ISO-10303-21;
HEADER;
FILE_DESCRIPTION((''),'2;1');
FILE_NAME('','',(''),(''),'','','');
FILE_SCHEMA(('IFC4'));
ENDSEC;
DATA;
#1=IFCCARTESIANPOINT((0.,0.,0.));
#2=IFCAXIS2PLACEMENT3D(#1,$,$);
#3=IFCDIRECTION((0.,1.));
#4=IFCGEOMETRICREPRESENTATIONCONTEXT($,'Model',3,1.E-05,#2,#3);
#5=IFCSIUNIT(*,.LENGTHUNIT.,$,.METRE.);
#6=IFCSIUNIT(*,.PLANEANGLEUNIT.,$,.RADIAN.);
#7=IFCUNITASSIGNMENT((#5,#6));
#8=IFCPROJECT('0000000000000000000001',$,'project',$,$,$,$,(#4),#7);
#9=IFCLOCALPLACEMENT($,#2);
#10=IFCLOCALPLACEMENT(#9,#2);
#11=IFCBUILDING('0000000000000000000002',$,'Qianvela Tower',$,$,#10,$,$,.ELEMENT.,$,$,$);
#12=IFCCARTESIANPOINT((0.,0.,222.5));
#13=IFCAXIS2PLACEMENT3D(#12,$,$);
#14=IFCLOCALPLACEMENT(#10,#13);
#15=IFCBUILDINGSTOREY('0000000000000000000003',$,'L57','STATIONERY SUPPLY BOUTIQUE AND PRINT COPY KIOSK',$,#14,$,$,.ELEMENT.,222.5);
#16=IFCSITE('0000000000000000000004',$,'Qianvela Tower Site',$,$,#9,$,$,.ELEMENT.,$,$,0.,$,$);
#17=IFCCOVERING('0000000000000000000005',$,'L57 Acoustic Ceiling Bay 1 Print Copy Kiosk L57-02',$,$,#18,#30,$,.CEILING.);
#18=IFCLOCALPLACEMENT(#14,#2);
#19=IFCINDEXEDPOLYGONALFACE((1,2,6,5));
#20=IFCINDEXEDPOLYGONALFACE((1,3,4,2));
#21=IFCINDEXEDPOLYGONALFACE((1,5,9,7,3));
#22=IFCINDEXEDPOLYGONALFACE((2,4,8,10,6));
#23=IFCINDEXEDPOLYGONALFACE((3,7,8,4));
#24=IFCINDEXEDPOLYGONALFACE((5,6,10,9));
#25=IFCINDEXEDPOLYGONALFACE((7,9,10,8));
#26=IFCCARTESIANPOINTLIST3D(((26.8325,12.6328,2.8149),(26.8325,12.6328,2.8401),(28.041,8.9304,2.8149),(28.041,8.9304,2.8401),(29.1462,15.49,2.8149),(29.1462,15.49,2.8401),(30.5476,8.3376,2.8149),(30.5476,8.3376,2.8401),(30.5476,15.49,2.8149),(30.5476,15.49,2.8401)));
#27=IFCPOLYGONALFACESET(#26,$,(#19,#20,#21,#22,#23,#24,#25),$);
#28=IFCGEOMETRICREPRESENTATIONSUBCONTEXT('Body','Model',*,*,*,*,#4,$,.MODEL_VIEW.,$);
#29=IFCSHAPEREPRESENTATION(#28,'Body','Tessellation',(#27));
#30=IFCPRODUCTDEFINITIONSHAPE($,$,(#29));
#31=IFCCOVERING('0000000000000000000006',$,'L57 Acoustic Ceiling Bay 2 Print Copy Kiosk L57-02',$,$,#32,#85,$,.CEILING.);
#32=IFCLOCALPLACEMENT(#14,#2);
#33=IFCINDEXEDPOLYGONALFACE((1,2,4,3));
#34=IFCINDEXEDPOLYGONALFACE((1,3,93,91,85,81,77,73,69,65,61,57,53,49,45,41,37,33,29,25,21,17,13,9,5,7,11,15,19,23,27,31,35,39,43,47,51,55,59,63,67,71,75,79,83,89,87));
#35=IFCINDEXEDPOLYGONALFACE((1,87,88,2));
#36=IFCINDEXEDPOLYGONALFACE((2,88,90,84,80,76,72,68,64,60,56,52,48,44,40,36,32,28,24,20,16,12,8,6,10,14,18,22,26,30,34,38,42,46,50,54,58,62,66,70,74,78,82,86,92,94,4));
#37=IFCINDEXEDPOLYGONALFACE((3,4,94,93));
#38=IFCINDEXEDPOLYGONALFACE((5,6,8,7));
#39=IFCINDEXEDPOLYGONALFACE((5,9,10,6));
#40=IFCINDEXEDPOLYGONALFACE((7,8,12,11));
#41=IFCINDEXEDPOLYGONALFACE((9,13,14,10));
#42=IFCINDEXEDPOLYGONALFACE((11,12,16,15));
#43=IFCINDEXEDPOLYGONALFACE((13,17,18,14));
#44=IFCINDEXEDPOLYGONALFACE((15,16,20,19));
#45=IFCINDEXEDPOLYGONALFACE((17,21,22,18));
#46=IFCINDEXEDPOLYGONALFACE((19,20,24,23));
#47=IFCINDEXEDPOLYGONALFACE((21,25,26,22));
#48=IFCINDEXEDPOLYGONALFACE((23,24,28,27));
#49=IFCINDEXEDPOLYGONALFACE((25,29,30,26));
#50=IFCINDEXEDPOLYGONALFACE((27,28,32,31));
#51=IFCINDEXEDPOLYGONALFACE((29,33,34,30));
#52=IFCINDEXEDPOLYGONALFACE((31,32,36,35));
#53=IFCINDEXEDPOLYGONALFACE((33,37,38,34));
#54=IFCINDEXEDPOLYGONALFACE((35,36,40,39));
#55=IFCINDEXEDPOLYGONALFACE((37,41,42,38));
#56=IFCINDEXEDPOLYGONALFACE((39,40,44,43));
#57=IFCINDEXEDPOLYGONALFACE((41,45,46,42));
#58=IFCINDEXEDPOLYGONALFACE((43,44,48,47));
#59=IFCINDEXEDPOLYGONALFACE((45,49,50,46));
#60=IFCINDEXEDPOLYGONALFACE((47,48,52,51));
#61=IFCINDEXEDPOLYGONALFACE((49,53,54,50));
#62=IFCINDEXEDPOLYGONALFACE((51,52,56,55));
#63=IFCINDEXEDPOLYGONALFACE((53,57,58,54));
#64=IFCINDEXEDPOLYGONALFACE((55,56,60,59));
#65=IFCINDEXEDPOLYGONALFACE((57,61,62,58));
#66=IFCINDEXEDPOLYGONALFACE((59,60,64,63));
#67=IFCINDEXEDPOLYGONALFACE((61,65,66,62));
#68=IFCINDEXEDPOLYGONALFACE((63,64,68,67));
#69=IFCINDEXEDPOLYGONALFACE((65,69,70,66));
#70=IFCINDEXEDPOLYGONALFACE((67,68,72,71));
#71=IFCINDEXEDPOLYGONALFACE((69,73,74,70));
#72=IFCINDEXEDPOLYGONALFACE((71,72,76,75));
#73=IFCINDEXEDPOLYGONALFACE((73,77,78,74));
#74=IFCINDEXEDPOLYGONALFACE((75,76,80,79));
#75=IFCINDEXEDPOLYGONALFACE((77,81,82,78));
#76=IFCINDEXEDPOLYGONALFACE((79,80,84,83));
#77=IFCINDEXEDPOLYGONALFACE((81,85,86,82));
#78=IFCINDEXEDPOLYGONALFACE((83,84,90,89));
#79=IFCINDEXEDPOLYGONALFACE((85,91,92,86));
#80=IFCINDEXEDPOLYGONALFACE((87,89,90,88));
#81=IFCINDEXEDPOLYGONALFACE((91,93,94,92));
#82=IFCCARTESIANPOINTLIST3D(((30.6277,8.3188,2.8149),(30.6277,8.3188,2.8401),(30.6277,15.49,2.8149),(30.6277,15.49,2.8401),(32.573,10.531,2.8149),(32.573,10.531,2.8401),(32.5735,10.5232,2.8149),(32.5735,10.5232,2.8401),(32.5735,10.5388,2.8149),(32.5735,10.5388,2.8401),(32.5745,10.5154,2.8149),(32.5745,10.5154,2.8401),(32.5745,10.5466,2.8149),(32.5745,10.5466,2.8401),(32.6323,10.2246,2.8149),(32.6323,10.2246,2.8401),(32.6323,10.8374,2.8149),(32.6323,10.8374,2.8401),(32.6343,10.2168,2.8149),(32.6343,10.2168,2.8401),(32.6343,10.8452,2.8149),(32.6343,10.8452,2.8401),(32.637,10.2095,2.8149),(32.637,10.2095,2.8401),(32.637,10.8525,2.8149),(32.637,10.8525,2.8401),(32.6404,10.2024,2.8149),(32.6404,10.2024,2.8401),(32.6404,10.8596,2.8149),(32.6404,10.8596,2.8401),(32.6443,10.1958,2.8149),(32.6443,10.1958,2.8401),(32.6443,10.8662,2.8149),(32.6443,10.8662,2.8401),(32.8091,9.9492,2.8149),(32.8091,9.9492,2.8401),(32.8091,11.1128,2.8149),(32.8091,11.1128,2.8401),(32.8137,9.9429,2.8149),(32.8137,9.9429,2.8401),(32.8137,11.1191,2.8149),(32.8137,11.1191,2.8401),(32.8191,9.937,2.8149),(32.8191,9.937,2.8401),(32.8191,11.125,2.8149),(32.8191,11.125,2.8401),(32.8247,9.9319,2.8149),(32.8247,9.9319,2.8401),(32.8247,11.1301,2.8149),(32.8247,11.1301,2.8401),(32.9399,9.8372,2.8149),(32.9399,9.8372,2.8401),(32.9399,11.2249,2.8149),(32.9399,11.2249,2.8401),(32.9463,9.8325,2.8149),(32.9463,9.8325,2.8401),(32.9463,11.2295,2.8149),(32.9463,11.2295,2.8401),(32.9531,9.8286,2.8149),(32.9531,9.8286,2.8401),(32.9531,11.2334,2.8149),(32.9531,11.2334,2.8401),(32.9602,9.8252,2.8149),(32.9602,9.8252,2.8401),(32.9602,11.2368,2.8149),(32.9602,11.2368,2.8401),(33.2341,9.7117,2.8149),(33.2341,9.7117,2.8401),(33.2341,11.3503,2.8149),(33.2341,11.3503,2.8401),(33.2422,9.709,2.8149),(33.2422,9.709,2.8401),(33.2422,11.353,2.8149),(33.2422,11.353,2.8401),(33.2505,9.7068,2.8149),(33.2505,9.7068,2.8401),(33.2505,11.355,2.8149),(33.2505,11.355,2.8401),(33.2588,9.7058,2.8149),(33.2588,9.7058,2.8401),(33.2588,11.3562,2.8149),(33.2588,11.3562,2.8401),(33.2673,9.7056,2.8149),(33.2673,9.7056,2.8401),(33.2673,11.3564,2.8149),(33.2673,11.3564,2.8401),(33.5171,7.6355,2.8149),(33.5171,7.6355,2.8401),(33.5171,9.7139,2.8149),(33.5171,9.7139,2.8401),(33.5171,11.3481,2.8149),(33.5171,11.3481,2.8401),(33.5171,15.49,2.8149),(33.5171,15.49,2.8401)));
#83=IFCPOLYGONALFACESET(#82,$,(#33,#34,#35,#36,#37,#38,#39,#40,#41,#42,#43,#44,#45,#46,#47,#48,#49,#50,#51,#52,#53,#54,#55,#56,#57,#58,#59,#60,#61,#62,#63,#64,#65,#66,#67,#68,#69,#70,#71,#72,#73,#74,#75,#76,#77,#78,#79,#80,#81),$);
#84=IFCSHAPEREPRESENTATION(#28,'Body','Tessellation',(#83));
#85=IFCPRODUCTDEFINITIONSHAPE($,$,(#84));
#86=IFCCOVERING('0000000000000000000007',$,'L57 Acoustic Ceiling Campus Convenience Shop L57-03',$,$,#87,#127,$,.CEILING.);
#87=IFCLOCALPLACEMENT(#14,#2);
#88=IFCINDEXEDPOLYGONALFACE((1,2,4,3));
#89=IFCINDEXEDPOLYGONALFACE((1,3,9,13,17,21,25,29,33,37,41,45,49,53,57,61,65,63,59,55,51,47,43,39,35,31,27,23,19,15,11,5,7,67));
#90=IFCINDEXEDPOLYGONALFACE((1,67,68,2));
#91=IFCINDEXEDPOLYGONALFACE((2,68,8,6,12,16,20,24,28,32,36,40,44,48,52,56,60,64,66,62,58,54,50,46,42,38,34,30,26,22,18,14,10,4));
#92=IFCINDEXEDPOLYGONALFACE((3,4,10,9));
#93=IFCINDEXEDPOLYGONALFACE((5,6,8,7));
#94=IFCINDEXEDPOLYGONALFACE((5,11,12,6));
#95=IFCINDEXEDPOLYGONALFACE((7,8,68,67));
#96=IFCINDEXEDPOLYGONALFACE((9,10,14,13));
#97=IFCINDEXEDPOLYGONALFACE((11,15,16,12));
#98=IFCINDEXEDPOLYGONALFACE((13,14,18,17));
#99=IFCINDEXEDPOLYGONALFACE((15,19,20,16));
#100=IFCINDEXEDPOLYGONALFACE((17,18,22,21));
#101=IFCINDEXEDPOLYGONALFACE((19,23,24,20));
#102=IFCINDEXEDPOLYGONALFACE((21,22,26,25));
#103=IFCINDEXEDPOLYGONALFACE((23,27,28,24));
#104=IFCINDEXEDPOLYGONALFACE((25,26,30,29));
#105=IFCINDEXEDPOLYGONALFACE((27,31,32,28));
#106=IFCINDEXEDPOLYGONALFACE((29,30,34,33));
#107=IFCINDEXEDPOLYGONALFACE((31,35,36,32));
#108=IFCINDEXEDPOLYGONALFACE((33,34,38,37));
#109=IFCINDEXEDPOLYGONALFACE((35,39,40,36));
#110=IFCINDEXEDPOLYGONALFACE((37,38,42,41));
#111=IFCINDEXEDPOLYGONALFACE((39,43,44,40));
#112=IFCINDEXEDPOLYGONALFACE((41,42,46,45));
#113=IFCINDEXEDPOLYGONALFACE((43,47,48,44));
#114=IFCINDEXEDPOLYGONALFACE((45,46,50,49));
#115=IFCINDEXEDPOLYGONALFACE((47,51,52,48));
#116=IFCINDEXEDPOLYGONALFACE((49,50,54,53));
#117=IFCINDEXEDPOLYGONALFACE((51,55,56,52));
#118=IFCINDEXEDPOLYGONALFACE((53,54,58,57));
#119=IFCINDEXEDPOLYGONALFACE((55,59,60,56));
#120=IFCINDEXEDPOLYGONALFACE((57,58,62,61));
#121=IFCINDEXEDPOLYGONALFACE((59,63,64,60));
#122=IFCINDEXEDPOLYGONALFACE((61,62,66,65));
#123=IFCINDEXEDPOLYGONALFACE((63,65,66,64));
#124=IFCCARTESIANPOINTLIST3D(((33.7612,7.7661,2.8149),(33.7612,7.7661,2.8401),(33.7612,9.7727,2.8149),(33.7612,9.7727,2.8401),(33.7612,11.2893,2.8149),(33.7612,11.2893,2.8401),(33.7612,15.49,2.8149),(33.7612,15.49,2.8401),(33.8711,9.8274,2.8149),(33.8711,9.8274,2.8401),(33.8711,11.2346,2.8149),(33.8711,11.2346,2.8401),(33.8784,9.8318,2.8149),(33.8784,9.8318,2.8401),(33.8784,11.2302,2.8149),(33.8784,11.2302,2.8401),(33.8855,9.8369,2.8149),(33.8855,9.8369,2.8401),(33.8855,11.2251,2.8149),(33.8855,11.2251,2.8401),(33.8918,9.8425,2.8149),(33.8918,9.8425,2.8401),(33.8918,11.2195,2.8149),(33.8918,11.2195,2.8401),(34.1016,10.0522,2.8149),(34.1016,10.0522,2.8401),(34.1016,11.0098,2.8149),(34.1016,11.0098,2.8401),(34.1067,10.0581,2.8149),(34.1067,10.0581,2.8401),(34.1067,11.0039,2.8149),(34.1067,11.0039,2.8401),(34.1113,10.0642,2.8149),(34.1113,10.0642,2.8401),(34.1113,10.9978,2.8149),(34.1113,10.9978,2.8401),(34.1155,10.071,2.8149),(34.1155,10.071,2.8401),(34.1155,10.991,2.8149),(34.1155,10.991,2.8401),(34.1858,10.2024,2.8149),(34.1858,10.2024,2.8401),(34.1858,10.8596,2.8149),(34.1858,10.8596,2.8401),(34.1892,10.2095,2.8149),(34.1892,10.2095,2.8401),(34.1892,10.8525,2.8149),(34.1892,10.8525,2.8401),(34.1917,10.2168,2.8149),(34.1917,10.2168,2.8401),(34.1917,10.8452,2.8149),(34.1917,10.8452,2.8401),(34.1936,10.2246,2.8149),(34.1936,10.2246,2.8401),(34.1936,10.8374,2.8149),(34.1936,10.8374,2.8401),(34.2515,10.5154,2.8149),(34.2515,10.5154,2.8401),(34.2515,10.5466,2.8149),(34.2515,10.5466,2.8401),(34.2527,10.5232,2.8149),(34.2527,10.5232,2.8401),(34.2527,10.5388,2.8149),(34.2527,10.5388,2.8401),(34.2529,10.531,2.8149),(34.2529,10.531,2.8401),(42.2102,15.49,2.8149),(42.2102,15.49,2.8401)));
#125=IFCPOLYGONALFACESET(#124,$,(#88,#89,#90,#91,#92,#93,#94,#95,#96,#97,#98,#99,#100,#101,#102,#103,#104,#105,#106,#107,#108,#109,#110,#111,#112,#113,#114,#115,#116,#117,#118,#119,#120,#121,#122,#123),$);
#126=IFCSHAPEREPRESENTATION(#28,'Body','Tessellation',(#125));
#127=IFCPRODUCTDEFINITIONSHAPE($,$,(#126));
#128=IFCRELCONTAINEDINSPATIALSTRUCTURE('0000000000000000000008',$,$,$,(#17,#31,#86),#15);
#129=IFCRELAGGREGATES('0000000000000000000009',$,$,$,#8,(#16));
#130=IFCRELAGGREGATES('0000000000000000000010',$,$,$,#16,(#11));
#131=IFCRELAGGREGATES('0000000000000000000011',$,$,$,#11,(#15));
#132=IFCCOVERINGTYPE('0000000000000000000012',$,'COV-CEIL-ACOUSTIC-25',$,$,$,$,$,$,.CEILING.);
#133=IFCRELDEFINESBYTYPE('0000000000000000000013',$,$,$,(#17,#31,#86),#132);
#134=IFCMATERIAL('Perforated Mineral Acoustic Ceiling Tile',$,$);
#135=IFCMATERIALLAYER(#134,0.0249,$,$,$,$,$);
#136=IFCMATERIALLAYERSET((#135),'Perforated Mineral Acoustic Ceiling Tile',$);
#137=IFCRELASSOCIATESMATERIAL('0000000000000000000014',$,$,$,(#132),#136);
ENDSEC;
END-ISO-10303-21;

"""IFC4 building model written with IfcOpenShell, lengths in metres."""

from ifc_helpers import new_model, si_unit, direction, frame, origin, place, context, subcontext, project, spatial, polyline, outline, extrude, material, layer, layer_set, type_object, element, save


model = new_model("IFC4")

# Units and contexts
model_context = context("Model", 3, precision=1e-05, world=origin(), true_north=direction((0.0, 1.0)))
body_context = subcontext(model_context, "Body", "Model", "MODEL_VIEW")
ifc_project = project(units=[si_unit("LENGTHUNIT", "METRE"), si_unit("PLANEANGLEUNIT", "RADIAN")], contexts=[model_context])

# Site, building, storey
site_placement = place(None, origin())
site = spatial("IfcSite", under=ifc_project, at=site_placement, Name="Qianvela Tower Site", CompositionType="ELEMENT", RefElevation=0.0)
building_placement = place(site_placement, origin())
building = spatial("IfcBuilding", under=site, at=building_placement, Name="Qianvela Tower", CompositionType="ELEMENT")
storey_placement = place(building_placement, frame((0.0, 0.0, 222.5)))
storey = spatial("IfcBuildingStorey", under=building, at=storey_placement, Name="L57", Description="STATIONERY SUPPLY BOUTIQUE AND PRINT COPY KIOSK", CompositionType="ELEMENT", Elevation=222.5)

# Coverings
ifc_material_1 = material(Name="Perforated Mineral Acoustic Ceiling Tile")
ifc_layer_1 = layer(ifc_material_1, 0.0249)
ifc_layer_set_1 = layer_set([ifc_layer_1], Name="Perforated Mineral Acoustic Ceiling Tile")
covering_type_1 = type_object("IfcCoveringType", Name="COV-CEIL-ACOUSTIC-25", PredefinedType="CEILING", material=ifc_layer_set_1)
covering_1_placement = place(storey_placement, frame((0.0, 0.0, 2.8149)))
element("IfcCovering", 1, at=covering_1_placement, inside=storey, type_object=covering_type_1, Name="L57 Acoustic Ceiling Bay 1 Print Copy Kiosk L57-02", PredefinedType="CEILING", context=body_context, shape_type="SweptSolid", body=[
    extrude(outline(polyline([(28.041, 8.9304), (26.8325, 12.6328), (29.1462, 15.49), (30.5476, 15.49), (30.5476, 8.3376), (28.041, 8.9304)])), origin(), (0.0, 0.0, 1.0), 0.0251),
])
covering_2_placement = place(storey_placement, frame((0.0, 0.0, 2.8149)))
element("IfcCovering", 2, at=covering_2_placement, inside=storey, type_object=covering_type_1, Name="L57 Acoustic Ceiling Bay 2 Print Copy Kiosk L57-02", PredefinedType="CEILING", context=body_context, shape_type="SweptSolid", body=[
    extrude(outline(polyline([(33.5171, 11.3481), (33.2673, 11.3564), (33.2588, 11.3562), (33.2505, 11.355), (33.2422, 11.353), (33.2341, 11.3503), (32.9602, 11.2368), (32.9531, 11.2334), (32.9463, 11.2295), (32.9399, 11.2249), (32.8247, 11.1301), (32.8191, 11.125), (32.8137, 11.1191), (32.8091, 11.1128), (32.6443, 10.8662), (32.6404, 10.8596), (32.637, 10.8525), (32.6343, 10.8452), (32.6323, 10.8374), (32.5745, 10.5466), (32.5735, 10.5388), (32.573, 10.531), (32.5735, 10.5232), (32.5745, 10.5154), (32.6323, 10.2246), (32.6343, 10.2168), (32.637, 10.2095), (32.6404, 10.2024), (32.6443, 10.1958), (32.8091, 9.9492), (32.8137, 9.9429), (32.8191, 9.937), (32.8247, 9.9319), (32.9399, 9.8372), (32.9463, 9.8325), (32.9531, 9.8286), (32.9602, 9.8252), (33.2341, 9.7117), (33.2422, 9.709), (33.2505, 9.7068), (33.2588, 9.7058), (33.2673, 9.7056), (33.5171, 9.7139), (33.5171, 7.6355), (30.6277, 8.3188), (30.6277, 15.49), (33.5171, 15.49), (33.5171, 11.3481)])), origin(), (0.0, 0.0, 1.0), 0.0251),
])
covering_3_placement = place(storey_placement, frame((0.0, 0.0, 2.8149)))
element("IfcCovering", 3, at=covering_3_placement, inside=storey, type_object=covering_type_1, Name="L57 Acoustic Ceiling Campus Convenience Shop L57-03", PredefinedType="CEILING", context=body_context, shape_type="SweptSolid", body=[
    extrude(outline(polyline([(33.7612, 9.7727), (33.8711, 9.8274), (33.8784, 9.8318), (33.8855, 9.8369), (33.8918, 9.8425), (34.1016, 10.0522), (34.1067, 10.0581), (34.1113, 10.0642), (34.1155, 10.071), (34.1858, 10.2024), (34.1892, 10.2095), (34.1917, 10.2168), (34.1936, 10.2246), (34.2515, 10.5154), (34.2527, 10.5232), (34.2529, 10.531), (34.2527, 10.5388), (34.2515, 10.5466), (34.1936, 10.8374), (34.1917, 10.8452), (34.1892, 10.8525), (34.1858, 10.8596), (34.1155, 10.991), (34.1113, 10.9978), (34.1067, 11.0039), (34.1016, 11.0098), (33.8918, 11.2195), (33.8855, 11.2251), (33.8784, 11.2302), (33.8711, 11.2346), (33.7612, 11.2893), (33.7612, 15.49), (42.2102, 15.49), (33.7612, 7.7661), (33.7612, 9.7727)])), origin(), (0.0, 0.0, 1.0), 0.0251),
])

save(model, "model.ifc")
